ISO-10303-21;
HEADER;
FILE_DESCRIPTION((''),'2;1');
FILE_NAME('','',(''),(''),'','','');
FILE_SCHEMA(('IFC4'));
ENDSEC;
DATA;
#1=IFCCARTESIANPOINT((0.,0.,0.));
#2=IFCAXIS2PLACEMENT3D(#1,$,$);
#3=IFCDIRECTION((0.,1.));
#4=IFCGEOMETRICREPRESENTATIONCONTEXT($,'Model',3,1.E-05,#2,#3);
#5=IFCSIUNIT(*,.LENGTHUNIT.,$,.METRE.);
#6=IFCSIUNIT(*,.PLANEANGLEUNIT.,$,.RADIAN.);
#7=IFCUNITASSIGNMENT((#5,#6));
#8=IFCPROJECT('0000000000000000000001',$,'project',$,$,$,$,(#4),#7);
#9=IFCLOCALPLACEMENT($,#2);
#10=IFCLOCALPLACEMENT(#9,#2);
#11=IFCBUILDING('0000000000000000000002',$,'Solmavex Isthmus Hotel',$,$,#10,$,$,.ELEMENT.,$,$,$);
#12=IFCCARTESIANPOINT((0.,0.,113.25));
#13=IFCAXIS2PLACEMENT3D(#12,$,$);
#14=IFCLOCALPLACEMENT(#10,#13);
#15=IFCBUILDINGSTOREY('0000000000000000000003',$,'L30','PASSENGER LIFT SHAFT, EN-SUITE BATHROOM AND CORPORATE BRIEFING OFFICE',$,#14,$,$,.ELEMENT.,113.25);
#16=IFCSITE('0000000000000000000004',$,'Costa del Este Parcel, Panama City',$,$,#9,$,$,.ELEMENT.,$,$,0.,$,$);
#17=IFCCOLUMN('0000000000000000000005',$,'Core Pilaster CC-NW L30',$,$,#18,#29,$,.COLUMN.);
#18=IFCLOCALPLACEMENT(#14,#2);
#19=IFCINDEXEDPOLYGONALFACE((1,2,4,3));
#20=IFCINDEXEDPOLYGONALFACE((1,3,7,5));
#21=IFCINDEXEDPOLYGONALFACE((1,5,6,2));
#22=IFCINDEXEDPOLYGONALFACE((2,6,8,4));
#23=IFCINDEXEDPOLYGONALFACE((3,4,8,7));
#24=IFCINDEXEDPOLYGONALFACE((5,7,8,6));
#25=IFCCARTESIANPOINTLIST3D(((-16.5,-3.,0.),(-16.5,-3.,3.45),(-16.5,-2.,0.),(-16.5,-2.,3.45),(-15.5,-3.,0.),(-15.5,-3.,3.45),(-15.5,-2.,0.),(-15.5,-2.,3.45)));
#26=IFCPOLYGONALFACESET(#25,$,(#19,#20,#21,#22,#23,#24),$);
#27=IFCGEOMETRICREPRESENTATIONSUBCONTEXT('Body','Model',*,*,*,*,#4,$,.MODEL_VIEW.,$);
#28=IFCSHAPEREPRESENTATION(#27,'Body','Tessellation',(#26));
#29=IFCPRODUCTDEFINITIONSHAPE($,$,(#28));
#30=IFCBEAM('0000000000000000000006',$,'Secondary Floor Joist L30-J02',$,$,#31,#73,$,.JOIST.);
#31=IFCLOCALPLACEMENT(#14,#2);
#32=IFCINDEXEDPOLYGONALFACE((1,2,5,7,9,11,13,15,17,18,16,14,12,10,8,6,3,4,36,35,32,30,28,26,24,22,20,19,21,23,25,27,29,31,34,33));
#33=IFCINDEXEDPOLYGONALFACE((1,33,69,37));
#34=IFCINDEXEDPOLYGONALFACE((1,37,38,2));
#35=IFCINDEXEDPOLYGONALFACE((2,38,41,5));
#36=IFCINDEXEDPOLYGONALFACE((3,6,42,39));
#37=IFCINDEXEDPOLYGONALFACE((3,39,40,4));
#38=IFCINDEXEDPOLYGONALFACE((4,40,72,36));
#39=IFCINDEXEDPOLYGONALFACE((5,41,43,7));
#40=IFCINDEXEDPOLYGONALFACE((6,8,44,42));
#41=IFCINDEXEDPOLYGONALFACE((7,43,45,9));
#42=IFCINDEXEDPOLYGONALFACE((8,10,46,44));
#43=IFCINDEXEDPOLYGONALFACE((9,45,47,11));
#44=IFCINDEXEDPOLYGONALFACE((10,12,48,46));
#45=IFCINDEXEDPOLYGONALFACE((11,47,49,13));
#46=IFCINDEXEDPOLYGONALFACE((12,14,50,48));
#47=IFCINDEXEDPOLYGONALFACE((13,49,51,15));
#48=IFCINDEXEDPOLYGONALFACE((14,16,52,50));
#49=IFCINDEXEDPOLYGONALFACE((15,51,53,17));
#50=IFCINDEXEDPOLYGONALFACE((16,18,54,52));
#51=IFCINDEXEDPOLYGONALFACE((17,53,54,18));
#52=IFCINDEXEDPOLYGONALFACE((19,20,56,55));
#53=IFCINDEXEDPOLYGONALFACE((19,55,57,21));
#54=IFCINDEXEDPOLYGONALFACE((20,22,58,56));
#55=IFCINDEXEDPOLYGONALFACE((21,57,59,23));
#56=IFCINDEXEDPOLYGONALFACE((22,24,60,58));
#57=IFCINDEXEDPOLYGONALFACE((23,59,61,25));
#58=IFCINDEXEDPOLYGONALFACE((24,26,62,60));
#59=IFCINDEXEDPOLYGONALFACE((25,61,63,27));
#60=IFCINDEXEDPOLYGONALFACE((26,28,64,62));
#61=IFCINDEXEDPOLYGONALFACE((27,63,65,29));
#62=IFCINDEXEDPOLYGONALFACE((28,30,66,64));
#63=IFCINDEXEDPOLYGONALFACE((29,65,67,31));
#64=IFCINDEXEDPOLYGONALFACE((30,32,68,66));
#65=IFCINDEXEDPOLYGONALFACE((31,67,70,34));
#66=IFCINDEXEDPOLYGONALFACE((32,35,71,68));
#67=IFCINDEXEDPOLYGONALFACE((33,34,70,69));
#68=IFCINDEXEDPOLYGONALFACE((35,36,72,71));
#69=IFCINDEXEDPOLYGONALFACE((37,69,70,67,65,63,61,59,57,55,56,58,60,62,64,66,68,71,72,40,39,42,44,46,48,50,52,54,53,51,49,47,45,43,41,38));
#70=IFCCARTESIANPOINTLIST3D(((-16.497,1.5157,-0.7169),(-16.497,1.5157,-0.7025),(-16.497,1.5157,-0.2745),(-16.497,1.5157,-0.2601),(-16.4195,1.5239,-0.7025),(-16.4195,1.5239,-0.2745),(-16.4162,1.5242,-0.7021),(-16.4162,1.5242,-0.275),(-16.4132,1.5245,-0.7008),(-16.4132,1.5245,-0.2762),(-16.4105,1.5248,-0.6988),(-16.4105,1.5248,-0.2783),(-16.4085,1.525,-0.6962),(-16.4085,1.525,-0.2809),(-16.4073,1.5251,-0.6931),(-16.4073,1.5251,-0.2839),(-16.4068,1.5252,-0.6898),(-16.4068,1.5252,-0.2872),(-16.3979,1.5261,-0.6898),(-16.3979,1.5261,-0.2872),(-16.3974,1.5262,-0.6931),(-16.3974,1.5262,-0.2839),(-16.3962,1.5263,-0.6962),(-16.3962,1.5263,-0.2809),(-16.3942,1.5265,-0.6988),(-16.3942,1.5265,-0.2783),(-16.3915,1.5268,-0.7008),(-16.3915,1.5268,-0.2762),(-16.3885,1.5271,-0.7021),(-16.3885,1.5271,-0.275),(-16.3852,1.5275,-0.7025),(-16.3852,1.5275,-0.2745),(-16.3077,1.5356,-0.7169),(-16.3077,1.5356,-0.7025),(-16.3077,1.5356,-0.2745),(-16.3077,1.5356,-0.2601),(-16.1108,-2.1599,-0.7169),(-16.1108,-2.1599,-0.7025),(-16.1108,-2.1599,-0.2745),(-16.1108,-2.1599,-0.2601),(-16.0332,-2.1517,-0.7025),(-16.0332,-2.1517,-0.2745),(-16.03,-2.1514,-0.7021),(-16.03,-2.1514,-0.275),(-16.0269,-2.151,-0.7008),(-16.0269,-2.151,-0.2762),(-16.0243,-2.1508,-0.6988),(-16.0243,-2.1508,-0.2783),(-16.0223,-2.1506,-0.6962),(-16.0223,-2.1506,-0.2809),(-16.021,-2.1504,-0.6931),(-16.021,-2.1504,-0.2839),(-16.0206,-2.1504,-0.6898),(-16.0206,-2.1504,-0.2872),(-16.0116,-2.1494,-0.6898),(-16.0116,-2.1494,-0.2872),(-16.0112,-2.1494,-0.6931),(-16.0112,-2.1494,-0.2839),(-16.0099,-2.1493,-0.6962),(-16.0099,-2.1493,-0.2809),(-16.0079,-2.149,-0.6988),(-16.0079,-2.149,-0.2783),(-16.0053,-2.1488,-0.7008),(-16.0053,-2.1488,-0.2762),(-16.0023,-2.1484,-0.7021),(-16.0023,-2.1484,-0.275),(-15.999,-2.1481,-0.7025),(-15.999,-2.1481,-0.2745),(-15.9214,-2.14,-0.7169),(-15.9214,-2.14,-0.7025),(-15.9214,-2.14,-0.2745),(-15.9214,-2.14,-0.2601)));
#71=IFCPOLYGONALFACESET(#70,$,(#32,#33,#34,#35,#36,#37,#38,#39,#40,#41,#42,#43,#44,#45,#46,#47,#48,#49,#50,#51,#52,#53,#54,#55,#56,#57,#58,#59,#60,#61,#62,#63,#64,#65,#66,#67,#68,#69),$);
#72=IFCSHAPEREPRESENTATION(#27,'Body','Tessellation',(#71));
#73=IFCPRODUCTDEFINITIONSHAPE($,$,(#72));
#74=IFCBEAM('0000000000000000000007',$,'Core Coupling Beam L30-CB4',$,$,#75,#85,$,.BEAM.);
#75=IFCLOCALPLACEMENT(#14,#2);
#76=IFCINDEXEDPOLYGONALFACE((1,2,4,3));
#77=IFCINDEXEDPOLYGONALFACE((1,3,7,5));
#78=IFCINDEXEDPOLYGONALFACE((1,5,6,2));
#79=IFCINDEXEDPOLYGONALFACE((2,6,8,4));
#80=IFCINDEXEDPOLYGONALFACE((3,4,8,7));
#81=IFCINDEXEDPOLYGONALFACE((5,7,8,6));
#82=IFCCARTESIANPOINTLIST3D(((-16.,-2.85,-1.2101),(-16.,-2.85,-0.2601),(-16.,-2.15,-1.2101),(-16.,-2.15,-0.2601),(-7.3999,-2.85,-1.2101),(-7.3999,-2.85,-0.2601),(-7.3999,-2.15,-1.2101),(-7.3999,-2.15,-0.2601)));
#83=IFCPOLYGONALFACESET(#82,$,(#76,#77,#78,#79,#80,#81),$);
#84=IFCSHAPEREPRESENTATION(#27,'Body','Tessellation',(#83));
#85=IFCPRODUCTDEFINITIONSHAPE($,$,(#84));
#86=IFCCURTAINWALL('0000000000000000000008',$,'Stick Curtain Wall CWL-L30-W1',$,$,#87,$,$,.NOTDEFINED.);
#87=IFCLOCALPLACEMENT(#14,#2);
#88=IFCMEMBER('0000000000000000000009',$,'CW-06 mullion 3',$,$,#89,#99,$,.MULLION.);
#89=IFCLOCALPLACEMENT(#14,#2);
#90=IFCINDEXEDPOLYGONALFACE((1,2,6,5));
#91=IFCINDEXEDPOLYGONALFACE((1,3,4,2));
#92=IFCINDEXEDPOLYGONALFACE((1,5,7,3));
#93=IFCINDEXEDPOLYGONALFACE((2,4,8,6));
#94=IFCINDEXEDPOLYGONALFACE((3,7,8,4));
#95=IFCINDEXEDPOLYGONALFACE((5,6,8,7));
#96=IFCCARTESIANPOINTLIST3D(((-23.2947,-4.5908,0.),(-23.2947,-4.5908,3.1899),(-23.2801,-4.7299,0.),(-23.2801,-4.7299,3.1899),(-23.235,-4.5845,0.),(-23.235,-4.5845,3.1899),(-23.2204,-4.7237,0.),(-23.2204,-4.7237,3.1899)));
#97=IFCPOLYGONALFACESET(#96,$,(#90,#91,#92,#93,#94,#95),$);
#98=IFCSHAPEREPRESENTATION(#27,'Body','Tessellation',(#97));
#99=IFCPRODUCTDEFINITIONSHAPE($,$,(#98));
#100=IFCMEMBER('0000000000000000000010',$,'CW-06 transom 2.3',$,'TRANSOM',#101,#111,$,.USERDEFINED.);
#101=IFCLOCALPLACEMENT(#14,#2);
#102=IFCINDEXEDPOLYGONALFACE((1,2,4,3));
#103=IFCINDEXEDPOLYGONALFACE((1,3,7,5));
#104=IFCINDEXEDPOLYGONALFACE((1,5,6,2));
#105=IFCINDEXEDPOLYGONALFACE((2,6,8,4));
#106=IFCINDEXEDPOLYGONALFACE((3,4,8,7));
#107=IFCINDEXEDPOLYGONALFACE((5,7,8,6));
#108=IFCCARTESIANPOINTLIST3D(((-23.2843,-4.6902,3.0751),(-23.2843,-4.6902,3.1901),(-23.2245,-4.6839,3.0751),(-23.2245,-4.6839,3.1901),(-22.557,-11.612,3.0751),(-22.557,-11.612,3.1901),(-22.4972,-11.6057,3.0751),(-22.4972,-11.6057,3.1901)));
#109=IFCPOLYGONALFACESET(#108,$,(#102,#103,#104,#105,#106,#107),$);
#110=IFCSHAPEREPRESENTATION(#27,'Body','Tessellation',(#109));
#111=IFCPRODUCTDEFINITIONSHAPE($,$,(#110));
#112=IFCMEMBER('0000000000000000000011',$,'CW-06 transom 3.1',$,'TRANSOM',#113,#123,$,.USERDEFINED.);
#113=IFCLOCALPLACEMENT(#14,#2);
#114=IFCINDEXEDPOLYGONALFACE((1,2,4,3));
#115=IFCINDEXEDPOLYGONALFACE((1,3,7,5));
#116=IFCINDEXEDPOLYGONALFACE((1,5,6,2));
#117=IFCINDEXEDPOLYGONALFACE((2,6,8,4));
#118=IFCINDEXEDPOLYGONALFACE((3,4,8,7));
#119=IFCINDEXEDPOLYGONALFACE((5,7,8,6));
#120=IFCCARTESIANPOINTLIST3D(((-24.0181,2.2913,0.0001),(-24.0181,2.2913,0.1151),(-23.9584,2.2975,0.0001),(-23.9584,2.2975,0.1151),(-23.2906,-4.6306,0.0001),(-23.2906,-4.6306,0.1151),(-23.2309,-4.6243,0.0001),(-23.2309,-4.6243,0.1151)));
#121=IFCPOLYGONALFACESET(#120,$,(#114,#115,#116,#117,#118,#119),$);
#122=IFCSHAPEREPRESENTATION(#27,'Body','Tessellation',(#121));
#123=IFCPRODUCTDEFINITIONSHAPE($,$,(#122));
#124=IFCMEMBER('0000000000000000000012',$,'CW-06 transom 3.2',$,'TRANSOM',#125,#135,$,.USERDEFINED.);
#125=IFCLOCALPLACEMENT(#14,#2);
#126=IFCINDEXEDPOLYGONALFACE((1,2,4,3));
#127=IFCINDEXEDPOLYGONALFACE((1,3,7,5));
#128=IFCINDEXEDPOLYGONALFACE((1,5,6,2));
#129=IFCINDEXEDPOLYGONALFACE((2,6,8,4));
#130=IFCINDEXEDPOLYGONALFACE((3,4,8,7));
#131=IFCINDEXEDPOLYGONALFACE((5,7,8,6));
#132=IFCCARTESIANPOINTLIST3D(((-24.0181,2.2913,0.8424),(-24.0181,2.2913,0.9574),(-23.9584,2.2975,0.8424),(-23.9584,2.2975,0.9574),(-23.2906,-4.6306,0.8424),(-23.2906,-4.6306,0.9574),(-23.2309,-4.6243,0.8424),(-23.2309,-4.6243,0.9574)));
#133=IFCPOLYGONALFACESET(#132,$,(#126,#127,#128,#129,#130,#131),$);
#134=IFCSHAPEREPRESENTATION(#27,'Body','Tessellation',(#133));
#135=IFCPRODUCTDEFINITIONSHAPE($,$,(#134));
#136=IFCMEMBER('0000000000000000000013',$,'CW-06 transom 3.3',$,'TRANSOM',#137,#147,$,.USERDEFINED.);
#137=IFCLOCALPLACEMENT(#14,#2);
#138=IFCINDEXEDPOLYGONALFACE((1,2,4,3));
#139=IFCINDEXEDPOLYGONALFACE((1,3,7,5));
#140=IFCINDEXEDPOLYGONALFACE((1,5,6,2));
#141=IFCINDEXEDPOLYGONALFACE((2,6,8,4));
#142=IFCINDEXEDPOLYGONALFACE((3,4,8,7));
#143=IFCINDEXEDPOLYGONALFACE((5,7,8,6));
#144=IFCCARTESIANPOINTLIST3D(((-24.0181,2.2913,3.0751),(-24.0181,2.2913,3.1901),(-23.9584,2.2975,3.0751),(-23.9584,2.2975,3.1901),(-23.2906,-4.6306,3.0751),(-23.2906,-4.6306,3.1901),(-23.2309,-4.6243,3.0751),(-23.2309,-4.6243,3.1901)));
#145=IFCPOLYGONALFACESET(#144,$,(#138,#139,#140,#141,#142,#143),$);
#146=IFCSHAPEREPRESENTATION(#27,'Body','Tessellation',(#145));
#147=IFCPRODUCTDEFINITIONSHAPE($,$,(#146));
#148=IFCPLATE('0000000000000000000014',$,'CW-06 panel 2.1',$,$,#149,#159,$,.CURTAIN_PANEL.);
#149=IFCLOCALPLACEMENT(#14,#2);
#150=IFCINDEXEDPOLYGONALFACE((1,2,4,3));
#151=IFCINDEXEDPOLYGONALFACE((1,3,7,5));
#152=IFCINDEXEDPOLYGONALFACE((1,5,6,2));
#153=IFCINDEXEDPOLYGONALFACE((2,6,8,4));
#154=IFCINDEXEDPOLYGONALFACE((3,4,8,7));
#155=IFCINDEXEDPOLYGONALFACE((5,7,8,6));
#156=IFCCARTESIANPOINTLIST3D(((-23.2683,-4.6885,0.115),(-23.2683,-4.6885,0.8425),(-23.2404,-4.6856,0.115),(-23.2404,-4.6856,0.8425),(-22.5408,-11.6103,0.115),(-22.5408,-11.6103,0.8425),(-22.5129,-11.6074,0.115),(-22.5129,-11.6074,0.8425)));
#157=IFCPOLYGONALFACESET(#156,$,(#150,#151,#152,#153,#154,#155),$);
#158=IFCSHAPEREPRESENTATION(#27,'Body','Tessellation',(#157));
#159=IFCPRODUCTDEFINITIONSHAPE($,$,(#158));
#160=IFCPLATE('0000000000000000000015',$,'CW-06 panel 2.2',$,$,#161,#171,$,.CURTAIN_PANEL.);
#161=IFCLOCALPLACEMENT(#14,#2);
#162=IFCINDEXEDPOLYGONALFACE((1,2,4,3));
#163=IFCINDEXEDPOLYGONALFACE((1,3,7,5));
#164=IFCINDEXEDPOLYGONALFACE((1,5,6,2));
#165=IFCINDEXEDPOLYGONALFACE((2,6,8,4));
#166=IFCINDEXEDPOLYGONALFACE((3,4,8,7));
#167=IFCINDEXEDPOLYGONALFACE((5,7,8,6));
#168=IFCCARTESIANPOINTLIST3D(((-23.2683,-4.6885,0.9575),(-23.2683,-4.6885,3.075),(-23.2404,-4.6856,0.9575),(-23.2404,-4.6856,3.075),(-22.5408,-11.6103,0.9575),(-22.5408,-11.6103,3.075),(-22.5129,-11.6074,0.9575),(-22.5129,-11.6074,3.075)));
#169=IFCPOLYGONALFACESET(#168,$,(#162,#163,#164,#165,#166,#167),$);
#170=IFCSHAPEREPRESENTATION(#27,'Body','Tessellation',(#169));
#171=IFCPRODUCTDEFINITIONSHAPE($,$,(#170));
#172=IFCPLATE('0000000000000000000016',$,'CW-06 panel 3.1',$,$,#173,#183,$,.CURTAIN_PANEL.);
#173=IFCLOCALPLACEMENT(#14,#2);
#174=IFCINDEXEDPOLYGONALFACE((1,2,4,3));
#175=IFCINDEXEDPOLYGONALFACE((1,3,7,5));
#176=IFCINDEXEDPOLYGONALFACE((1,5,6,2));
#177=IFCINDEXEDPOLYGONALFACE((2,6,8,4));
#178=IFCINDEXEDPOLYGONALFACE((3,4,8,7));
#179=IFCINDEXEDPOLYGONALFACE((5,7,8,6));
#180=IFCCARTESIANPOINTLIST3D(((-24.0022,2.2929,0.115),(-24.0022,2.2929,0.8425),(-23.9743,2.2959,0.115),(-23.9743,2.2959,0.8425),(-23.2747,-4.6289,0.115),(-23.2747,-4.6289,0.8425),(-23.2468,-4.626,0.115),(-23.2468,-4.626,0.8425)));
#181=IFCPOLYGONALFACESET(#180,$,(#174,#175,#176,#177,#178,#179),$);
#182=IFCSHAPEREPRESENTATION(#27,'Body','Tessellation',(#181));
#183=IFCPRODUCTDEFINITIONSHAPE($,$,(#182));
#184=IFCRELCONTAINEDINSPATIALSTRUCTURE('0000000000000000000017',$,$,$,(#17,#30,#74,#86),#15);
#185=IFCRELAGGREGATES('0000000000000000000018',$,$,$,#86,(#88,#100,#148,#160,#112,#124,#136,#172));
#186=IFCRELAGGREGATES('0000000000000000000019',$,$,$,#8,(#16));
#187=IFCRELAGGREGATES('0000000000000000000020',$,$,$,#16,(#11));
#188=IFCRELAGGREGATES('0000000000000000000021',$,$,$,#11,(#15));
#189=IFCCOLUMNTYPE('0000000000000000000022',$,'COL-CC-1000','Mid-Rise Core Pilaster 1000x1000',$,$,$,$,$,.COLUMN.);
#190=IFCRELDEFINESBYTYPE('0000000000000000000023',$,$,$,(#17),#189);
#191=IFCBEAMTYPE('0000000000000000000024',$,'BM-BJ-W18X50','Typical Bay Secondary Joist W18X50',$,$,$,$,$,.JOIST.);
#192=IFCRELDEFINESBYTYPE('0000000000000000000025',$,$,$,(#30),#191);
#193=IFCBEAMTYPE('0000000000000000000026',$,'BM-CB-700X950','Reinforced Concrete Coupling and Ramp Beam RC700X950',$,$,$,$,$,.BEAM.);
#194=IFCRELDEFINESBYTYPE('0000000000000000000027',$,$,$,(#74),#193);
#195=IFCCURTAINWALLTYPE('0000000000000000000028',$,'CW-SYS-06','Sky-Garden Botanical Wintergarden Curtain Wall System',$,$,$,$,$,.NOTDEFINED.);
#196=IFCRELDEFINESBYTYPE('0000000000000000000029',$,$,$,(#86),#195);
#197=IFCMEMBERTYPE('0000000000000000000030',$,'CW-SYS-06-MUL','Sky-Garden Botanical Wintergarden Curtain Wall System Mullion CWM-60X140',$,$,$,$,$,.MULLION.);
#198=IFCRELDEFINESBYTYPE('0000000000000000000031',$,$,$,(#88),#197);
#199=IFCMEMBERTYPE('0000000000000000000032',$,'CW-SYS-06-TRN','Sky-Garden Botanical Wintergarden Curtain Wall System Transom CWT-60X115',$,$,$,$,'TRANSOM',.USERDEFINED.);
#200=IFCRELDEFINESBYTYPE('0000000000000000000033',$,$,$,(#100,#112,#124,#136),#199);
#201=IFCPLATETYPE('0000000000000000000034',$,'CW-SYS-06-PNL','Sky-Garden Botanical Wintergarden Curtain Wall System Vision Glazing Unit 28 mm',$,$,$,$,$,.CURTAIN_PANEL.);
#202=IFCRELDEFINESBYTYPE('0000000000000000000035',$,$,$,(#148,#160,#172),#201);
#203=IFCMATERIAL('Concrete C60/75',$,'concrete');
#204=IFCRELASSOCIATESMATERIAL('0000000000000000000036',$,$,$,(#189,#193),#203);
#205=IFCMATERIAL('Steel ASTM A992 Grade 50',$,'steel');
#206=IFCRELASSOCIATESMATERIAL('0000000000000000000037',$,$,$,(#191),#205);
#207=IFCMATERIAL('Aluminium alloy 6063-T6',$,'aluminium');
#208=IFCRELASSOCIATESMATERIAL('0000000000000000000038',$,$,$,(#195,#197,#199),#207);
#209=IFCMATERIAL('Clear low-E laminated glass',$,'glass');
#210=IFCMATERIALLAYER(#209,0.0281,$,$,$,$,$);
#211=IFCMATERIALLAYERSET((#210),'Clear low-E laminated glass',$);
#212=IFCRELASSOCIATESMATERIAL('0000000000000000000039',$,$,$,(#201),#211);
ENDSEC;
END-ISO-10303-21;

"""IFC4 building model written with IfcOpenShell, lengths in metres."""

from ifc_helpers import new_model, si_unit, direction, frame, origin, origin_2d, place, context, subcontext, project, spatial, rectangle, i_section, extrude, material, layer, layer_set, material_profile, profile_set, type_object, element, aggregate, save


model = new_model("IFC4")

# Units and contexts
model_context = context("Model", 3, precision=1e-05, world=origin(), true_north=direction((0.0, 1.0)))
body_context = subcontext(model_context, "Body", "Model", "MODEL_VIEW")
ifc_project = project(units=[si_unit("LENGTHUNIT", "METRE"), si_unit("PLANEANGLEUNIT", "RADIAN")], contexts=[model_context])

# Site, building, storey
site_placement = place(None, origin())
site = spatial("IfcSite", under=ifc_project, at=site_placement, Name="Costa del Este Parcel, Panama City", CompositionType="ELEMENT", RefElevation=0.0)
building_placement = place(site_placement, origin())
building = spatial("IfcBuilding", under=site, at=building_placement, Name="Solmavex Isthmus Hotel", CompositionType="ELEMENT")
storey_placement = place(building_placement, frame((0.0, 0.0, 113.25)))
storey = spatial("IfcBuildingStorey", under=building, at=storey_placement, Name="L30", Description="PASSENGER LIFT SHAFT, EN-SUITE BATHROOM AND CORPORATE BRIEFING OFFICE", CompositionType="ELEMENT", Elevation=113.25)

# Column
ifc_material_1 = material(Name="Concrete C60/75", Category="concrete")
ifc_material_profile_1 = material_profile(ifc_material_1, rectangle(XDim=1.0, YDim=1.0, at=origin_2d()), Name="RC1000X1000")
ifc_profile_set_1 = profile_set([ifc_material_profile_1], Name="Concrete C60/75")
column_type = type_object("IfcColumnType", Name="COL-CC-1000", Description="Mid-Rise Core Pilaster 1000x1000", PredefinedType="COLUMN", material=ifc_profile_set_1)
column_placement = place(storey_placement, frame((-16.0, -2.5, 0.0), z_axis=(0.0, 0.0, 1.0), x_axis=(1.0, 0.0, 0.0)))
element("IfcColumn", 1, at=column_placement, inside=storey, type_object=column_type, Name="Core Pilaster CC-NW L30", PredefinedType="COLUMN", context=body_context, shape_type="SweptSolid", body=[
    extrude(rectangle(XDim=1.0, YDim=1.0, at=origin_2d()), origin(), (0.0, 0.0, 1.0), 3.45),
])

# Beams
ifc_material_2 = material(Name="Steel ASTM A992 Grade 50", Category="steel")
ifc_material_profile_2 = material_profile(ifc_material_2, i_section(OverallWidth=0.1904, OverallDepth=0.4568, WebThickness=0.009, FlangeThickness=0.0144, FilletRadius=0.0127, at=origin_2d()), Name="W18X50")
ifc_profile_set_2 = profile_set([ifc_material_profile_2], Name="Steel ASTM A992 Grade 50")
beam_type_1 = type_object("IfcBeamType", Name="BM-BJ-W18X50", Description="Typical Bay Secondary Joist W18X50", PredefinedType="JOIST", material=ifc_profile_set_2)
beam_1_placement = place(storey_placement, frame((-16.0161, -2.1499, -0.4885), z_axis=(-0.104506, 0.994524, 0.0), x_axis=(-0.994524, -0.104506, 0.0)))
element("IfcBeam", 2, at=beam_1_placement, inside=storey, type_object=beam_type_1, Name="Secondary Floor Joist L30-J02", PredefinedType="JOIST", context=body_context, shape_type="SweptSolid", body=[
    extrude(i_section(OverallWidth=0.1904, OverallDepth=0.4568, WebThickness=0.009, FlangeThickness=0.0144, FilletRadius=0.0127, at=origin_2d()), origin(), (0.0, 0.0, 1.0), 3.6958),
])
ifc_material_profile_3 = material_profile(ifc_material_1, rectangle(XDim=0.7, YDim=0.95, at=origin_2d()), Name="RC700X950")
ifc_profile_set_3 = profile_set([ifc_material_profile_3], Name="Concrete C60/75")
beam_type_2 = type_object("IfcBeamType", Name="BM-CB-700X950", Description="Reinforced Concrete Coupling and Ramp Beam RC700X950", PredefinedType="BEAM", material=ifc_profile_set_3)
beam_2_placement = place(storey_placement, frame((-16.0, -2.5, -0.7351), z_axis=(1.0, 0.0, 0.0), x_axis=(0.0, 1.0, 0.0)))
element("IfcBeam", 3, at=beam_2_placement, inside=storey, type_object=beam_type_2, Name="Core Coupling Beam L30-CB4", PredefinedType="BEAM", context=body_context, shape_type="SweptSolid", body=[
    extrude(rectangle(XDim=0.7, YDim=0.95, at=origin_2d()), origin(), (0.0, 0.0, 1.0), 8.6001),
])

# Curtain wall, members, plates
ifc_material_3 = material(Name="Aluminium alloy 6063-T6", Category="aluminium")
curtain_wall_type = type_object("IfcCurtainWallType", Name="CW-SYS-06", Description="Sky-Garden Botanical Wintergarden Curtain Wall System", PredefinedType="NOTDEFINED", material=ifc_material_3)
curtain_wall_placement = place(storey_placement, origin())
curtain_wall = element("IfcCurtainWall", 4, at=curtain_wall_placement, inside=storey, type_object=curtain_wall_type, Name="Stick Curtain Wall CWL-L30-W1", PredefinedType="NOTDEFINED")
ifc_material_profile_4 = material_profile(ifc_material_3, rectangle(XDim=0.0601, YDim=0.1399, at=origin_2d()), Name="CWM-60X140")
ifc_profile_set_4 = profile_set([ifc_material_profile_4], Name="Aluminium alloy 6063-T6")
member_type_1 = type_object("IfcMemberType", Name="CW-SYS-06-MUL", Description="Sky-Garden Botanical Wintergarden Curtain Wall System Mullion CWM-60X140", PredefinedType="MULLION", material=ifc_profile_set_4)
member_1_placement = place(storey_placement, frame((-23.2576, -4.6572, 0.0), z_axis=(0.0, 0.0, 1.0), x_axis=(-0.994522, -0.104528, 0.0)))
member_1 = element("IfcMember", 5, at=member_1_placement, type_object=member_type_1, Name="CW-06 mullion 3", PredefinedType="MULLION", context=body_context, shape_type="SweptSolid", body=[
    extrude(rectangle(XDim=0.0601, YDim=0.1399, at=origin_2d()), origin(), (0.0, 0.0, 1.0), 3.1899),
])
ifc_material_profile_5 = material_profile(ifc_material_3, rectangle(XDim=0.0601, YDim=0.115, at=origin_2d()), Name="CWT-60X115")
ifc_profile_set_5 = profile_set([ifc_material_profile_5], Name="Aluminium alloy 6063-T6")
member_type_2 = type_object("IfcMemberType", Name="CW-SYS-06-TRN", Description="Sky-Garden Botanical Wintergarden Curtain Wall System Transom CWT-60X115", ElementType="TRANSOM", PredefinedType="USERDEFINED", material=ifc_profile_set_5)
member_2_placement = place(storey_placement, frame((-22.5271, -11.6089, 3.1326), z_axis=(-0.104497, 0.994525, 0.0), x_axis=(-0.994525, -0.104497, 0.0)))
member_2 = element("IfcMember", 6, at=member_2_placement, type_object=member_type_2, Name="CW-06 transom 2.3", ObjectType="TRANSOM", PredefinedType="USERDEFINED", context=body_context, shape_type="SweptSolid", body=[
    extrude(rectangle(XDim=0.0601, YDim=0.115, at=origin_2d()), origin(), (0.0, 0.0, 1.0), 6.96),
])
member_3_placement = place(storey_placement, frame((-23.2607, -4.6274, 0.0576), z_axis=(-0.104531, 0.994522, 0.0), x_axis=(-0.994522, -0.104531, 0.0)))
member_3 = element("IfcMember", 7, at=member_3_placement, type_object=member_type_2, Name="CW-06 transom 3.1", ObjectType="TRANSOM", PredefinedType="USERDEFINED", context=body_context, shape_type="SweptSolid", body=[
    extrude(rectangle(XDim=0.0601, YDim=0.115, at=origin_2d()), origin(), (0.0, 0.0, 1.0), 6.96),
])
member_4_placement = place(storey_placement, frame((-23.2607, -4.6274, 0.8999), z_axis=(-0.104531, 0.994522, 0.0), x_axis=(-0.994522, -0.104531, 0.0)))
member_4 = element("IfcMember", 8, at=member_4_placement, type_object=member_type_2, Name="CW-06 transom 3.2", ObjectType="TRANSOM", PredefinedType="USERDEFINED", context=body_context, shape_type="SweptSolid", body=[
    extrude(rectangle(XDim=0.0601, YDim=0.115, at=origin_2d()), origin(), (0.0, 0.0, 1.0), 6.96),
])
member_5_placement = place(storey_placement, frame((-23.2607, -4.6274, 3.1326), z_axis=(-0.104531, 0.994522, 0.0), x_axis=(-0.994522, -0.104531, 0.0)))
member_5 = element("IfcMember", 9, at=member_5_placement, type_object=member_type_2, Name="CW-06 transom 3.3", ObjectType="TRANSOM", PredefinedType="USERDEFINED", context=body_context, shape_type="SweptSolid", body=[
    extrude(rectangle(XDim=0.0601, YDim=0.115, at=origin_2d()), origin(), (0.0, 0.0, 1.0), 6.96),
])
ifc_material_4 = material(Name="Clear low-E laminated glass", Category="glass")
ifc_layer_1 = layer(ifc_material_4, 0.0281)
ifc_layer_set_1 = layer_set([ifc_layer_1], Name="Clear low-E laminated glass")
plate_type = type_object("IfcPlateType", Name="CW-SYS-06-PNL", Description="Sky-Garden Botanical Wintergarden Curtain Wall System Vision Glazing Unit 28 mm", PredefinedType="CURTAIN_PANEL", material=ifc_layer_set_1)
plate_1_placement = place(storey_placement, frame((-22.8906, -8.1479, 0.115), z_axis=(0.0, 0.0, 1.0), x_axis=(-0.104528, 0.994522, 0.0)))
plate_1 = element("IfcPlate", 10, at=plate_1_placement, type_object=plate_type, Name="CW-06 panel 2.1", PredefinedType="CURTAIN_PANEL", context=body_context, shape_type="SweptSolid", body=[
    extrude(rectangle(XDim=6.96, YDim=0.0281, at=origin_2d()), origin(), (0.0, 0.0, 1.0), 0.7275),
])
plate_2_placement = place(storey_placement, frame((-22.8906, -8.1479, 0.9575), z_axis=(0.0, 0.0, 1.0), x_axis=(-0.104528, 0.994522, 0.0)))
plate_2 = element("IfcPlate", 11, at=plate_2_placement, type_object=plate_type, Name="CW-06 panel 2.2", PredefinedType="CURTAIN_PANEL", context=body_context, shape_type="SweptSolid", body=[
    extrude(rectangle(XDim=6.96, YDim=0.0281, at=origin_2d()), origin(), (0.0, 0.0, 1.0), 2.1174),
])
plate_3_placement = place(storey_placement, frame((-23.6245, -1.1665, 0.115), z_axis=(0.0, 0.0, 1.0), x_axis=(-0.104528, 0.994522, 0.0)))
plate_3 = element("IfcPlate", 12, at=plate_3_placement, type_object=plate_type, Name="CW-06 panel 3.1", PredefinedType="CURTAIN_PANEL", context=body_context, shape_type="SweptSolid", body=[
    extrude(rectangle(XDim=6.96, YDim=0.0281, at=origin_2d()), origin(), (0.0, 0.0, 1.0), 0.7275),
])
aggregate(curtain_wall, [member_1, member_2, plate_1, plate_2, member_3, member_4, member_5, plate_3])

save(model, "model.ifc")
